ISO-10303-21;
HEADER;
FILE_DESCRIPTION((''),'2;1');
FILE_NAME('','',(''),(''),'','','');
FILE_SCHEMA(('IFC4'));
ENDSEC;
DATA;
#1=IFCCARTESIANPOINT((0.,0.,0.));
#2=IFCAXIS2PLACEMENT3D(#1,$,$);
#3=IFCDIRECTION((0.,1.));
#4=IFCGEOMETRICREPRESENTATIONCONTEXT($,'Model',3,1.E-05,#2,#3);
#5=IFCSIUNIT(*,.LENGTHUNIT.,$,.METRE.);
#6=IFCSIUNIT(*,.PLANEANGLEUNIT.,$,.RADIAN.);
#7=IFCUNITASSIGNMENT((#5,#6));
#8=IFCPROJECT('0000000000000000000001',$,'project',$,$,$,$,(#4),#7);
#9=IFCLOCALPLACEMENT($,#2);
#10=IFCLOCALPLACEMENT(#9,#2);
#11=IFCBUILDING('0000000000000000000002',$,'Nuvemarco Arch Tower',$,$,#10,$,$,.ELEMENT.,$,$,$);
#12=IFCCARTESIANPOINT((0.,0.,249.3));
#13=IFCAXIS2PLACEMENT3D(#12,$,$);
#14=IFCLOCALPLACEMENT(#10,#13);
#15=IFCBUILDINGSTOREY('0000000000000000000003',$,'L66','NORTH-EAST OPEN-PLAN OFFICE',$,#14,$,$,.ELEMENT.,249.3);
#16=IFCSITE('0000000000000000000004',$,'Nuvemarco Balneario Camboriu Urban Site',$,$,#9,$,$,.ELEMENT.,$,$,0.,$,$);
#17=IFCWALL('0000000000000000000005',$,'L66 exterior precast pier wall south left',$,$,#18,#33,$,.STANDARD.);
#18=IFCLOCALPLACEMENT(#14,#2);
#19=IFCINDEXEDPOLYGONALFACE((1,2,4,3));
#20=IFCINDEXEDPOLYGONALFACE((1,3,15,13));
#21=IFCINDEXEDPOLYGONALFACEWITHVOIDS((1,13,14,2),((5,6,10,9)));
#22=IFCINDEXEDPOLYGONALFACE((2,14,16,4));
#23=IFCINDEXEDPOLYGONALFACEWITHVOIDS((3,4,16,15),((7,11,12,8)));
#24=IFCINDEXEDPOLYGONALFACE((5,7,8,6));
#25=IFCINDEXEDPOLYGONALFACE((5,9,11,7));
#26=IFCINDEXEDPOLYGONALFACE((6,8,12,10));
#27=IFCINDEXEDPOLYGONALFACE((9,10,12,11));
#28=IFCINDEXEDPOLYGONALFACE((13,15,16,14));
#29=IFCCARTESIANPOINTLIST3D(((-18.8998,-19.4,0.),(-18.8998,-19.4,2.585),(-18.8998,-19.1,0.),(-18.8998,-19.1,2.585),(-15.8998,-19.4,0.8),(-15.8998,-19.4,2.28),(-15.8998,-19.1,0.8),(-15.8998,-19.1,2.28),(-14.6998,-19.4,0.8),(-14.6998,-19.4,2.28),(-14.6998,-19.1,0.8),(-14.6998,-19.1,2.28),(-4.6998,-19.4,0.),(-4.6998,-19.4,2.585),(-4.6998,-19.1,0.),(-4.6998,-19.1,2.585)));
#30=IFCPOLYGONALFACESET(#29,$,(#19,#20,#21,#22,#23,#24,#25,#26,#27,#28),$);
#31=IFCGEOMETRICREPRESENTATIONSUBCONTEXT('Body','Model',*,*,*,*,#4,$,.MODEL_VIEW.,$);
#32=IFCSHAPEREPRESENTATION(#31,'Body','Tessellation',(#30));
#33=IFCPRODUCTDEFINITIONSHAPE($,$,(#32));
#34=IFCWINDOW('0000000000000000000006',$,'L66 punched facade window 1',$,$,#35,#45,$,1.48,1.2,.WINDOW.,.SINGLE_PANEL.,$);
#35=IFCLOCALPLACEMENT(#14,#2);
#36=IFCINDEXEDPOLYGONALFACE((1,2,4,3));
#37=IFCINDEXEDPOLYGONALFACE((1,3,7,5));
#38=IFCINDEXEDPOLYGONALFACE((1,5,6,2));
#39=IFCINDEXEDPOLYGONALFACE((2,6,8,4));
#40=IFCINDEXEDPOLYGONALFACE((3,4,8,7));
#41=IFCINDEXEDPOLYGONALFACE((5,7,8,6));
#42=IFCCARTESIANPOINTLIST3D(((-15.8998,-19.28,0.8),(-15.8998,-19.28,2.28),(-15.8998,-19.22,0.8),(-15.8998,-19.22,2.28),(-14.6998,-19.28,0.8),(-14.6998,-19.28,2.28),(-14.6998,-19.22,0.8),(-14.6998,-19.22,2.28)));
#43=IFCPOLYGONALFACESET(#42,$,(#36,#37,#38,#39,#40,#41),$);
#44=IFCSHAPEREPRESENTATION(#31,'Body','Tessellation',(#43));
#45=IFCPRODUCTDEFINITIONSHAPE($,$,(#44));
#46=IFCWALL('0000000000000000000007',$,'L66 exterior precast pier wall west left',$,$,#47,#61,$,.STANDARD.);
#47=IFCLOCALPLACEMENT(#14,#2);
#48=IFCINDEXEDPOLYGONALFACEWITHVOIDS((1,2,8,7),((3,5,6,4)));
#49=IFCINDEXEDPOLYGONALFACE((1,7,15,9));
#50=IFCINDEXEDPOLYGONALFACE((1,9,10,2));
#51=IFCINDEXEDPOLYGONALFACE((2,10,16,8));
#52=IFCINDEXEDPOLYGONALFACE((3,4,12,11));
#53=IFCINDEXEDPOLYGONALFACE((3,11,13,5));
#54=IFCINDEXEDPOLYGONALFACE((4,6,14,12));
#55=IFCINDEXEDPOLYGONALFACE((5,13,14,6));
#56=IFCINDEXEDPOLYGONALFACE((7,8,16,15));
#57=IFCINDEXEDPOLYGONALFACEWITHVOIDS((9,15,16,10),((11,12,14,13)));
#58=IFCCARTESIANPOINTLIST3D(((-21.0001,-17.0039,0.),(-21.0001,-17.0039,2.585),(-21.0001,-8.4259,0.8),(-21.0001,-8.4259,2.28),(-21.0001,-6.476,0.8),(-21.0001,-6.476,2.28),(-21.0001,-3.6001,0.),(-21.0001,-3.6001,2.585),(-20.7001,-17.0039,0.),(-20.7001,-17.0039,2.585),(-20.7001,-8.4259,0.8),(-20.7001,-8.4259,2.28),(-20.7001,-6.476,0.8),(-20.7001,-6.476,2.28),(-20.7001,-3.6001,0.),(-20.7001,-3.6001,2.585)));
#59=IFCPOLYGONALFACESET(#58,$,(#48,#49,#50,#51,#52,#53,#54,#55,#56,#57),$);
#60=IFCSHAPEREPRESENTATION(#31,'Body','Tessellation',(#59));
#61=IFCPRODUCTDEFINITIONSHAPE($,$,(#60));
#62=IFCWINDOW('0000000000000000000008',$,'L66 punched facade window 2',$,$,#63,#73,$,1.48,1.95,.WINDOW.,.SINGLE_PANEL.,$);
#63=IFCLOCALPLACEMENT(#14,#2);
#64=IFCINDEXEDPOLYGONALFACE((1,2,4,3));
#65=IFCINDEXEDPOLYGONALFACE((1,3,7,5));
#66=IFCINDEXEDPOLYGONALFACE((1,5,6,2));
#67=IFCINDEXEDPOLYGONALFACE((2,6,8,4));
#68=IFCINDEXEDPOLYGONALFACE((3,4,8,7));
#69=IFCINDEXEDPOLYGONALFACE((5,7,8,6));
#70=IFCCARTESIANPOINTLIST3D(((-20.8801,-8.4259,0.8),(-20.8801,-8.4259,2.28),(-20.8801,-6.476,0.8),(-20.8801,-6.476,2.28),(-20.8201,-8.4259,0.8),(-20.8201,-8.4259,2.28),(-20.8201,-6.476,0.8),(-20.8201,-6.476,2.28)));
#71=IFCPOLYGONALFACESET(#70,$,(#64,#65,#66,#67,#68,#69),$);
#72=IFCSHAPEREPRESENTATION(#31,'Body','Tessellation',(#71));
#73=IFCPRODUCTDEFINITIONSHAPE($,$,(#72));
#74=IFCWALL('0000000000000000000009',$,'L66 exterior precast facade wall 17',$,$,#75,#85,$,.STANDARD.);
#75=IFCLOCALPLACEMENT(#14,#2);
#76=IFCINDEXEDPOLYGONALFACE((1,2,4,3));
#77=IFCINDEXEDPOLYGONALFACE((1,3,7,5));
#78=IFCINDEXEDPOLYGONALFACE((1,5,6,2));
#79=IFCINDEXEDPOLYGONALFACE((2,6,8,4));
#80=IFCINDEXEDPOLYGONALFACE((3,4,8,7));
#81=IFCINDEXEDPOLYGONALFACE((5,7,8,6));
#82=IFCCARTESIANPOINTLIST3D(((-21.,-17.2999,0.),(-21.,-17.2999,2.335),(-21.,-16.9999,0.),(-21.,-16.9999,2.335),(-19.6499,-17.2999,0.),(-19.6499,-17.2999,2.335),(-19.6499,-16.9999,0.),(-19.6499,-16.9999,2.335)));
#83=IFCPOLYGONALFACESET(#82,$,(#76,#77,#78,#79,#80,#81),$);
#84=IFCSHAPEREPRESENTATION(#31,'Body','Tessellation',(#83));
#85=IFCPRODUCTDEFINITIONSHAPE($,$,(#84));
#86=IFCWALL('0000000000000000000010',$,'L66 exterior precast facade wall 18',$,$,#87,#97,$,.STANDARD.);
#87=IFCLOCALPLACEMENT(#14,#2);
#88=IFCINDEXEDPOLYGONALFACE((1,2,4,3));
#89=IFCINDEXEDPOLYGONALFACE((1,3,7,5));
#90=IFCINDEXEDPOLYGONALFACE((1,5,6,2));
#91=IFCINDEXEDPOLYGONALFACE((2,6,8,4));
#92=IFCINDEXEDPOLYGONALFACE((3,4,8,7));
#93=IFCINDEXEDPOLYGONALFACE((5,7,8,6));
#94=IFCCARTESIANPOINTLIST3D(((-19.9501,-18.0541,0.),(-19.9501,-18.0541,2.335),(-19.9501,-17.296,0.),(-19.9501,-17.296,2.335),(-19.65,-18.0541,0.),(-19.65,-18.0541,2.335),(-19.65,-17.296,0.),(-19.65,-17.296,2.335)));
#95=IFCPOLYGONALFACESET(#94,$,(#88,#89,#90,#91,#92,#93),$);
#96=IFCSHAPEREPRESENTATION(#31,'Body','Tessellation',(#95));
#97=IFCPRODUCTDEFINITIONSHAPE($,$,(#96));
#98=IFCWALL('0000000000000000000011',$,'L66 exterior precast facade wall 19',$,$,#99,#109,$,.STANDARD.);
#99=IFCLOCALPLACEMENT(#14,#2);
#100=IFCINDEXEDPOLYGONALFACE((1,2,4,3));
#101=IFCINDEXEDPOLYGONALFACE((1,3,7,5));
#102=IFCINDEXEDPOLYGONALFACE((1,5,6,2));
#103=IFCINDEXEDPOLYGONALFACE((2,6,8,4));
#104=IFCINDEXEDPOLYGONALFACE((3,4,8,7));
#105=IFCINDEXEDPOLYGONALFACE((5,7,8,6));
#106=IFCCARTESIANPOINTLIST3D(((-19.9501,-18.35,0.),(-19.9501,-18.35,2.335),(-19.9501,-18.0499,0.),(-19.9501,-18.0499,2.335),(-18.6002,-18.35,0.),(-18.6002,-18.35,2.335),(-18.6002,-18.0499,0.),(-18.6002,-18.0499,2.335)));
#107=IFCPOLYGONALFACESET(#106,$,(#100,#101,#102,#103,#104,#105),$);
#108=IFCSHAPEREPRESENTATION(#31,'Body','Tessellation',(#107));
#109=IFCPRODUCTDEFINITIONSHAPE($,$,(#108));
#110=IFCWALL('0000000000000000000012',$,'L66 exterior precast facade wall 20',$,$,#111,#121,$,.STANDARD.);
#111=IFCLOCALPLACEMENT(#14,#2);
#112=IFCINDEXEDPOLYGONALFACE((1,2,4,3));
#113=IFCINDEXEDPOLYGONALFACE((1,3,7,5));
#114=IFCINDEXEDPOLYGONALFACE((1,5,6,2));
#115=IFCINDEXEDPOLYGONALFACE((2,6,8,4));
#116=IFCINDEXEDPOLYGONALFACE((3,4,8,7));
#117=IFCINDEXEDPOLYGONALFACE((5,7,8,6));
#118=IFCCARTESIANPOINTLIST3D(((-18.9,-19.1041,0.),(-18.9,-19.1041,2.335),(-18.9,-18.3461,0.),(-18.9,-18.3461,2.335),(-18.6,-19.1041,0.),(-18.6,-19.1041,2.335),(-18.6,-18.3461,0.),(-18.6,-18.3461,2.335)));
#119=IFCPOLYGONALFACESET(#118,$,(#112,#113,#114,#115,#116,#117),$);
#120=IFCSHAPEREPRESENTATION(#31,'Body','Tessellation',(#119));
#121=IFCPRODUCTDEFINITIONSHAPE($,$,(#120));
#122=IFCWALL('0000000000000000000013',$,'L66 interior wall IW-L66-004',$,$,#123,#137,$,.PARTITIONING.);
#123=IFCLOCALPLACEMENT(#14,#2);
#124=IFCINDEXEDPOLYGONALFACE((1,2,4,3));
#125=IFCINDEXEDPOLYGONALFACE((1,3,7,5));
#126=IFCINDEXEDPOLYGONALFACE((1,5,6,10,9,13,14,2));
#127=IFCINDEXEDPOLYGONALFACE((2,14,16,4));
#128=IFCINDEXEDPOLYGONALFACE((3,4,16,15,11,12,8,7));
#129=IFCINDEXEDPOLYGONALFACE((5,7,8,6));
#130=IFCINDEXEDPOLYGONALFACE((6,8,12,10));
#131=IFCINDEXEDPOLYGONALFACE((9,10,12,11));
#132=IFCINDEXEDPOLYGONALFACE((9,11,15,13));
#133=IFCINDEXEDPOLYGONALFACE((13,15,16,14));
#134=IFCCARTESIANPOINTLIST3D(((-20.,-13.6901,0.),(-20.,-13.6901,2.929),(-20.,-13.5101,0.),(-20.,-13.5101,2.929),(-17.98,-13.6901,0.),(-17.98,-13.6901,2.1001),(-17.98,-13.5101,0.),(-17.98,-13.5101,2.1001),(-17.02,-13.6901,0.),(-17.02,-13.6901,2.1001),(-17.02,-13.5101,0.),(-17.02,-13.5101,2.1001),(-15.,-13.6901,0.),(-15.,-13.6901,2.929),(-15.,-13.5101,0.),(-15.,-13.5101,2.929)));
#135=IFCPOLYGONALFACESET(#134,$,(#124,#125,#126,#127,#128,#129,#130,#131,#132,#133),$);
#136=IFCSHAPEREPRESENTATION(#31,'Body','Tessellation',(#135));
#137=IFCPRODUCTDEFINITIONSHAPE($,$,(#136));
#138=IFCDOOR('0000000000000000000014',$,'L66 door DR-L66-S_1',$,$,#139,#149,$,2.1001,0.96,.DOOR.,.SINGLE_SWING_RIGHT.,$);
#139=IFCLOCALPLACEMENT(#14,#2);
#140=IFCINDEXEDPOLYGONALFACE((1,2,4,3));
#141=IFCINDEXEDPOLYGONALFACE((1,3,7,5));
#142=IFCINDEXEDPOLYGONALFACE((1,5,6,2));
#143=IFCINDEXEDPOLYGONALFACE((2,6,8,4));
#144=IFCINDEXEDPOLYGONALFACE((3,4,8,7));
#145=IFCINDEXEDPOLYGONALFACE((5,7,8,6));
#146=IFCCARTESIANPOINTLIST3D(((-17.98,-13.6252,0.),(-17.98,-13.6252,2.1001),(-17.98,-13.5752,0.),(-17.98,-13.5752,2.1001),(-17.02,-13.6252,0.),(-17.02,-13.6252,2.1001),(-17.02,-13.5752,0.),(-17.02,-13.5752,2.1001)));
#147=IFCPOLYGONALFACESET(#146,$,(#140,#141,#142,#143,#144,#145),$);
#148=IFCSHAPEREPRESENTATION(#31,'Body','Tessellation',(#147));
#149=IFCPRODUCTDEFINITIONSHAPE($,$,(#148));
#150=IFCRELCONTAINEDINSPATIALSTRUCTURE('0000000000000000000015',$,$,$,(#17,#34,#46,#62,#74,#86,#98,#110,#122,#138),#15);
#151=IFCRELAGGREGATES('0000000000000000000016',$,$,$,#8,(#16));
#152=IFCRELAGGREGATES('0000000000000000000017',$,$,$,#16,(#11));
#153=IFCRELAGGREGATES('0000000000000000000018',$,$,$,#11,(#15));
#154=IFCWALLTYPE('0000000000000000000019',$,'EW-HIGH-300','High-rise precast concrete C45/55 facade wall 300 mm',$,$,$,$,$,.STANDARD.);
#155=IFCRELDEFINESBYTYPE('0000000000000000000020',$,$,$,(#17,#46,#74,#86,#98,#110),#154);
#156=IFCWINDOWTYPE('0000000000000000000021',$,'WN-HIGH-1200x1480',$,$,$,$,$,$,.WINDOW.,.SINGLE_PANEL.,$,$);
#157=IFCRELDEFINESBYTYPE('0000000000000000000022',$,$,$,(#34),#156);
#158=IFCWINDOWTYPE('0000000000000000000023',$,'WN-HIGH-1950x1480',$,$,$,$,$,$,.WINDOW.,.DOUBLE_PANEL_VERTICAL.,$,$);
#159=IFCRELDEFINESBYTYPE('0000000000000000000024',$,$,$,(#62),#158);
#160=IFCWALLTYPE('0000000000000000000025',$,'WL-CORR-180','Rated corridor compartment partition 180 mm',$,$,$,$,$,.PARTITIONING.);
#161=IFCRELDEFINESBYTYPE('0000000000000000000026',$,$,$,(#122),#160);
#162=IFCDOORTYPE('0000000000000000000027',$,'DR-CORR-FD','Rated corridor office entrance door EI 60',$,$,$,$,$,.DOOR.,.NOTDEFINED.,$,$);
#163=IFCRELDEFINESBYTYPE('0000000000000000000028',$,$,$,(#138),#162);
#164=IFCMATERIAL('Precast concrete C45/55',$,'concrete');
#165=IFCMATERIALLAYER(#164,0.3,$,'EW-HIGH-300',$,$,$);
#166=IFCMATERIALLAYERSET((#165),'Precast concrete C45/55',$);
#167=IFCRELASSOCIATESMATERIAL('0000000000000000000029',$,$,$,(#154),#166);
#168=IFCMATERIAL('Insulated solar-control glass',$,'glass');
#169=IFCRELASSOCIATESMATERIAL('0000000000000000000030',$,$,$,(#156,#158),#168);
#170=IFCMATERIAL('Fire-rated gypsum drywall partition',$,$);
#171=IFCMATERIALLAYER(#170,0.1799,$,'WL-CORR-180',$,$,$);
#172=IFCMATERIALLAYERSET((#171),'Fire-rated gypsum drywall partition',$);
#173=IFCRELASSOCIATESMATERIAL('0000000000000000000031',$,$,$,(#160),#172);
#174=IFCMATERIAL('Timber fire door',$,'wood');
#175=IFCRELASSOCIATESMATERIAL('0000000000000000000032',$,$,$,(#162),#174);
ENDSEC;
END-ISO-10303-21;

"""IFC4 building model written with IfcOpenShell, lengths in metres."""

from ifc_helpers import new_model, si_unit, direction, frame, frame_2d, origin, place, context, subcontext, project, spatial, rectangle, extrude, source, transform, mapped, material, layer, layer_set, type_object, type_shapes, element, fill, save


model = new_model("IFC4")

# Units and contexts
model_context = context("Model", 3, precision=1e-05, world=origin(), true_north=direction((0.0, 1.0)))
body_context = subcontext(model_context, "Body", "Model", "MODEL_VIEW")
ifc_project = project(units=[si_unit("LENGTHUNIT", "METRE"), si_unit("PLANEANGLEUNIT", "RADIAN")], contexts=[model_context])

# Site, building, storey
site_placement = place(None, origin())
site = spatial("IfcSite", under=ifc_project, at=site_placement, Name="Nuvemarco Balneario Camboriu Urban Site", CompositionType="ELEMENT", RefElevation=0.0)
building_placement = place(site_placement, origin())
building = spatial("IfcBuilding", under=site, at=building_placement, Name="Nuvemarco Arch Tower", CompositionType="ELEMENT")
storey_placement = place(building_placement, frame((0.0, 0.0, 249.3)))
storey = spatial("IfcBuildingStorey", under=building, at=storey_placement, Name="L66", Description="NORTH-EAST OPEN-PLAN OFFICE", CompositionType="ELEMENT", Elevation=249.3)

# Shared definitions
ifc_material_1 = material(Name="Precast concrete C45/55", Category="concrete")

# Walls, openings, windows
ifc_layer_1 = layer(ifc_material_1, 0.3, Name="EW-HIGH-300")
ifc_layer_set_1 = layer_set([ifc_layer_1], Name="Precast concrete C45/55")
wall_type_1 = type_object("IfcWallType", Name="EW-HIGH-300", Description="High-rise precast concrete C45/55 facade wall 300 mm", PredefinedType="STANDARD", material=ifc_layer_set_1)
wall_1_placement = place(storey_placement, frame((-18.8999, -19.25, 0.0), z_axis=(0.0, 0.0, 1.0), x_axis=(1.0, 0.0, 0.0)))
wall_1 = element("IfcWall", 1, at=wall_1_placement, inside=storey, type_object=wall_type_1, Name="L66 exterior precast pier wall south left", PredefinedType="STANDARD", context=body_context, shape_type="SweptSolid", body=[
    extrude(rectangle(XDim=14.2, YDim=0.3, at=frame_2d((7.1001, 0.0))), origin(), (0.0, 0.0, 1.0), 2.585),
])
opening_1_placement = place(wall_1_placement, frame((3.0, 0.0, 0.8)))
opening_1 = element("IfcOpeningElement", 2, at=opening_1_placement, cuts=wall_1, PredefinedType="OPENING", context=body_context, shape_type="SweptSolid", body=[
    extrude(rectangle(XDim=1.2, YDim=1.48, at=frame_2d((0.6001, 0.74))), frame((0.0, 0.1599, 0.0), z_axis=(0.0, -1.0, 0.0), x_axis=(1.0, 0.0, 0.0)), (0.0, 0.0, 1.0), 0.3201),
])
ifc_material_2 = material(Name="Insulated solar-control glass", Category="glass")
window_type_1 = type_object("IfcWindowType", Name="WN-HIGH-1200x1480", PartitioningType="SINGLE_PANEL", PredefinedType="WINDOW", material=ifc_material_2)
shared_shape_1 = source(origin(), body_context, "Body", "SweptSolid", [
    extrude(rectangle(XDim=1.2, YDim=1.48, at=frame_2d((0.6001, 0.74))), frame((0.0, 0.03, 0.0), z_axis=(0.0, -1.0, 0.0), x_axis=(1.0, 0.0, 0.0)), (0.0, 0.0, 1.0), 0.0601),
])
type_shapes(window_type_1, [shared_shape_1])
window_1_placement = place(opening_1_placement, origin())
window_1 = element("IfcWindow", 3, at=window_1_placement, inside=storey, type_object=window_type_1, Name="L66 punched facade window 1", OverallHeight=1.48, OverallWidth=1.2, PartitioningType="SINGLE_PANEL", PredefinedType="WINDOW", context=body_context, shape_type="MappedRepresentation", body=[
    mapped(shared_shape_1, transform((0.0, 0.0, 0.0), scale=1.0)),
])
fill(opening_1, window_1)
wall_2_placement = place(storey_placement, frame((-20.8501, -17.0039, 0.0), z_axis=(0.0, 0.0, 1.0), x_axis=(0.0, 1.0, 0.0)))
wall_2 = element("IfcWall", 4, at=wall_2_placement, inside=storey, type_object=wall_type_1, Name="L66 exterior precast pier wall west left", PredefinedType="STANDARD", context=body_context, shape_type="SweptSolid", body=[
    extrude(rectangle(XDim=13.4038, YDim=0.3, at=frame_2d((6.7019, 0.0))), origin(), (0.0, 0.0, 1.0), 2.585),
])
opening_2_placement = place(wall_2_placement, frame((8.5779, 0.0, 0.8)))
opening_2 = element("IfcOpeningElement", 5, at=opening_2_placement, cuts=wall_2, PredefinedType="OPENING", context=body_context, shape_type="SweptSolid", body=[
    extrude(rectangle(XDim=1.95, YDim=1.48, at=frame_2d((0.9751, 0.74))), frame((0.0, 0.1599, 0.0), z_axis=(0.0, -1.0, 0.0), x_axis=(1.0, 0.0, 0.0)), (0.0, 0.0, 1.0), 0.3201),
])
window_type_2 = type_object("IfcWindowType", Name="WN-HIGH-1950x1480", PartitioningType="DOUBLE_PANEL_VERTICAL", PredefinedType="WINDOW", material=ifc_material_2)
shared_shape_2 = source(origin(), body_context, "Body", "SweptSolid", [
    extrude(rectangle(XDim=1.95, YDim=1.48, at=frame_2d((0.9751, 0.74))), frame((0.0, 0.03, 0.0), z_axis=(0.0, -1.0, 0.0), x_axis=(1.0, 0.0, 0.0)), (0.0, 0.0, 1.0), 0.0601),
])
type_shapes(window_type_2, [shared_shape_2])
window_2_placement = place(opening_2_placement, origin())
window_2 = element("IfcWindow", 6, at=window_2_placement, inside=storey, type_object=window_type_2, Name="L66 punched facade window 2", OverallHeight=1.48, OverallWidth=1.95, PartitioningType="SINGLE_PANEL", PredefinedType="WINDOW", context=body_context, shape_type="MappedRepresentation", body=[
    mapped(shared_shape_2, transform((0.0, 0.0, 0.0), scale=1.0)),
])
fill(opening_2, window_2)

# Walls
wall_3_placement = place(storey_placement, frame((-21.0, -17.1499, 0.0), z_axis=(0.0, 0.0, 1.0), x_axis=(1.0, 0.0, 0.0)))
element("IfcWall", 7, at=wall_3_placement, inside=storey, type_object=wall_type_1, Name="L66 exterior precast facade wall 17", PredefinedType="STANDARD", context=body_context, shape_type="SweptSolid", body=[
    extrude(rectangle(XDim=1.3501, YDim=0.3, at=frame_2d((0.675, 0.0))), origin(), (0.0, 0.0, 1.0), 2.335),
])
wall_4_placement = place(storey_placement, frame((-19.8, -18.054, 0.0), z_axis=(0.0, 0.0, 1.0), x_axis=(0.0, 1.0, 0.0)))
element("IfcWall", 8, at=wall_4_placement, inside=storey, type_object=wall_type_1, Name="L66 exterior precast facade wall 18", PredefinedType="STANDARD", context=body_context, shape_type="SweptSolid", body=[
    extrude(rectangle(XDim=0.7581, YDim=0.3, at=frame_2d((0.3789, 0.0))), origin(), (0.0, 0.0, 1.0), 2.335),
])
wall_5_placement = place(storey_placement, frame((-19.95, -18.2, 0.0), z_axis=(0.0, 0.0, 1.0), x_axis=(1.0, 0.0, 0.0)))
element("IfcWall", 9, at=wall_5_placement, inside=storey, type_object=wall_type_1, Name="L66 exterior precast facade wall 19", PredefinedType="STANDARD", context=body_context, shape_type="SweptSolid", body=[
    extrude(rectangle(XDim=1.3499, YDim=0.3, at=frame_2d((0.6748, 0.0))), origin(), (0.0, 0.0, 1.0), 2.335),
])
wall_6_placement = place(storey_placement, frame((-18.75, -19.104, 0.0), z_axis=(0.0, 0.0, 1.0), x_axis=(0.0, 1.0, 0.0)))
element("IfcWall", 10, at=wall_6_placement, inside=storey, type_object=wall_type_1, Name="L66 exterior precast facade wall 20", PredefinedType="STANDARD", context=body_context, shape_type="SweptSolid", body=[
    extrude(rectangle(XDim=0.7581, YDim=0.3, at=frame_2d((0.3789, 0.0))), origin(), (0.0, 0.0, 1.0), 2.335),
])

# Wall, opening, door
ifc_material_3 = material(Name="Fire-rated gypsum drywall partition")
ifc_layer_2 = layer(ifc_material_3, 0.1799, Name="WL-CORR-180")
ifc_layer_set_2 = layer_set([ifc_layer_2], Name="Fire-rated gypsum drywall partition")
wall_type_2 = type_object("IfcWallType", Name="WL-CORR-180", Description="Rated corridor compartment partition 180 mm", PredefinedType="PARTITIONING", material=ifc_layer_set_2)
wall_7_placement = place(storey_placement, frame((-20.0, -13.6001, 0.0), z_axis=(0.0, 0.0, 1.0), x_axis=(1.0, 0.0, 0.0)))
wall_7 = element("IfcWall", 11, at=wall_7_placement, inside=storey, type_object=wall_type_2, Name="L66 interior wall IW-L66-004", PredefinedType="PARTITIONING", context=body_context, shape_type="SweptSolid", body=[
    extrude(rectangle(XDim=5.0, YDim=0.1799, at=frame_2d((2.5, 0.0))), origin(), (0.0, 0.0, 1.0), 2.929),
])
opening_3_placement = place(wall_7_placement, frame((2.02, 0.0, 0.0)))
opening_3 = element("IfcOpeningElement", 12, at=opening_3_placement, cuts=wall_7, PredefinedType="OPENING", context=body_context, shape_type="SweptSolid", body=[
    extrude(rectangle(XDim=0.96, YDim=2.1001, at=frame_2d((0.48, 1.05))), frame((0.0, 0.0999, 0.0), z_axis=(0.0, -1.0, 0.0), x_axis=(1.0, 0.0, 0.0)), (0.0, 0.0, 1.0), 0.2),
])
ifc_material_4 = material(Name="Timber fire door", Category="wood")
door_type = type_object("IfcDoorType", Name="DR-CORR-FD", Description="Rated corridor office entrance door EI 60", OperationType="NOTDEFINED", PredefinedType="DOOR", material=ifc_material_4)
shared_shape_3 = source(origin(), body_context, "Body", "SweptSolid", [
    extrude(rectangle(XDim=0.96, YDim=2.1001, at=frame_2d((0.48, 1.05))), frame((0.0, 0.0249, 0.0), z_axis=(0.0, -1.0, 0.0), x_axis=(1.0, 0.0, 0.0)), (0.0, 0.0, 1.0), 0.05),
])
type_shapes(door_type, [shared_shape_3])
door_1_placement = place(opening_3_placement, origin())
door_1 = element("IfcDoor", 13, at=door_1_placement, inside=storey, type_object=door_type, Name="L66 door DR-L66-S_1", OperationType="SINGLE_SWING_RIGHT", OverallHeight=2.1001, OverallWidth=0.96, PredefinedType="DOOR", context=body_context, shape_type="MappedRepresentation", body=[
    mapped(shared_shape_3, transform((0.0, 0.0, 0.0), scale=1.0)),
])
fill(opening_3, door_1)

save(model, "model.ifc")
